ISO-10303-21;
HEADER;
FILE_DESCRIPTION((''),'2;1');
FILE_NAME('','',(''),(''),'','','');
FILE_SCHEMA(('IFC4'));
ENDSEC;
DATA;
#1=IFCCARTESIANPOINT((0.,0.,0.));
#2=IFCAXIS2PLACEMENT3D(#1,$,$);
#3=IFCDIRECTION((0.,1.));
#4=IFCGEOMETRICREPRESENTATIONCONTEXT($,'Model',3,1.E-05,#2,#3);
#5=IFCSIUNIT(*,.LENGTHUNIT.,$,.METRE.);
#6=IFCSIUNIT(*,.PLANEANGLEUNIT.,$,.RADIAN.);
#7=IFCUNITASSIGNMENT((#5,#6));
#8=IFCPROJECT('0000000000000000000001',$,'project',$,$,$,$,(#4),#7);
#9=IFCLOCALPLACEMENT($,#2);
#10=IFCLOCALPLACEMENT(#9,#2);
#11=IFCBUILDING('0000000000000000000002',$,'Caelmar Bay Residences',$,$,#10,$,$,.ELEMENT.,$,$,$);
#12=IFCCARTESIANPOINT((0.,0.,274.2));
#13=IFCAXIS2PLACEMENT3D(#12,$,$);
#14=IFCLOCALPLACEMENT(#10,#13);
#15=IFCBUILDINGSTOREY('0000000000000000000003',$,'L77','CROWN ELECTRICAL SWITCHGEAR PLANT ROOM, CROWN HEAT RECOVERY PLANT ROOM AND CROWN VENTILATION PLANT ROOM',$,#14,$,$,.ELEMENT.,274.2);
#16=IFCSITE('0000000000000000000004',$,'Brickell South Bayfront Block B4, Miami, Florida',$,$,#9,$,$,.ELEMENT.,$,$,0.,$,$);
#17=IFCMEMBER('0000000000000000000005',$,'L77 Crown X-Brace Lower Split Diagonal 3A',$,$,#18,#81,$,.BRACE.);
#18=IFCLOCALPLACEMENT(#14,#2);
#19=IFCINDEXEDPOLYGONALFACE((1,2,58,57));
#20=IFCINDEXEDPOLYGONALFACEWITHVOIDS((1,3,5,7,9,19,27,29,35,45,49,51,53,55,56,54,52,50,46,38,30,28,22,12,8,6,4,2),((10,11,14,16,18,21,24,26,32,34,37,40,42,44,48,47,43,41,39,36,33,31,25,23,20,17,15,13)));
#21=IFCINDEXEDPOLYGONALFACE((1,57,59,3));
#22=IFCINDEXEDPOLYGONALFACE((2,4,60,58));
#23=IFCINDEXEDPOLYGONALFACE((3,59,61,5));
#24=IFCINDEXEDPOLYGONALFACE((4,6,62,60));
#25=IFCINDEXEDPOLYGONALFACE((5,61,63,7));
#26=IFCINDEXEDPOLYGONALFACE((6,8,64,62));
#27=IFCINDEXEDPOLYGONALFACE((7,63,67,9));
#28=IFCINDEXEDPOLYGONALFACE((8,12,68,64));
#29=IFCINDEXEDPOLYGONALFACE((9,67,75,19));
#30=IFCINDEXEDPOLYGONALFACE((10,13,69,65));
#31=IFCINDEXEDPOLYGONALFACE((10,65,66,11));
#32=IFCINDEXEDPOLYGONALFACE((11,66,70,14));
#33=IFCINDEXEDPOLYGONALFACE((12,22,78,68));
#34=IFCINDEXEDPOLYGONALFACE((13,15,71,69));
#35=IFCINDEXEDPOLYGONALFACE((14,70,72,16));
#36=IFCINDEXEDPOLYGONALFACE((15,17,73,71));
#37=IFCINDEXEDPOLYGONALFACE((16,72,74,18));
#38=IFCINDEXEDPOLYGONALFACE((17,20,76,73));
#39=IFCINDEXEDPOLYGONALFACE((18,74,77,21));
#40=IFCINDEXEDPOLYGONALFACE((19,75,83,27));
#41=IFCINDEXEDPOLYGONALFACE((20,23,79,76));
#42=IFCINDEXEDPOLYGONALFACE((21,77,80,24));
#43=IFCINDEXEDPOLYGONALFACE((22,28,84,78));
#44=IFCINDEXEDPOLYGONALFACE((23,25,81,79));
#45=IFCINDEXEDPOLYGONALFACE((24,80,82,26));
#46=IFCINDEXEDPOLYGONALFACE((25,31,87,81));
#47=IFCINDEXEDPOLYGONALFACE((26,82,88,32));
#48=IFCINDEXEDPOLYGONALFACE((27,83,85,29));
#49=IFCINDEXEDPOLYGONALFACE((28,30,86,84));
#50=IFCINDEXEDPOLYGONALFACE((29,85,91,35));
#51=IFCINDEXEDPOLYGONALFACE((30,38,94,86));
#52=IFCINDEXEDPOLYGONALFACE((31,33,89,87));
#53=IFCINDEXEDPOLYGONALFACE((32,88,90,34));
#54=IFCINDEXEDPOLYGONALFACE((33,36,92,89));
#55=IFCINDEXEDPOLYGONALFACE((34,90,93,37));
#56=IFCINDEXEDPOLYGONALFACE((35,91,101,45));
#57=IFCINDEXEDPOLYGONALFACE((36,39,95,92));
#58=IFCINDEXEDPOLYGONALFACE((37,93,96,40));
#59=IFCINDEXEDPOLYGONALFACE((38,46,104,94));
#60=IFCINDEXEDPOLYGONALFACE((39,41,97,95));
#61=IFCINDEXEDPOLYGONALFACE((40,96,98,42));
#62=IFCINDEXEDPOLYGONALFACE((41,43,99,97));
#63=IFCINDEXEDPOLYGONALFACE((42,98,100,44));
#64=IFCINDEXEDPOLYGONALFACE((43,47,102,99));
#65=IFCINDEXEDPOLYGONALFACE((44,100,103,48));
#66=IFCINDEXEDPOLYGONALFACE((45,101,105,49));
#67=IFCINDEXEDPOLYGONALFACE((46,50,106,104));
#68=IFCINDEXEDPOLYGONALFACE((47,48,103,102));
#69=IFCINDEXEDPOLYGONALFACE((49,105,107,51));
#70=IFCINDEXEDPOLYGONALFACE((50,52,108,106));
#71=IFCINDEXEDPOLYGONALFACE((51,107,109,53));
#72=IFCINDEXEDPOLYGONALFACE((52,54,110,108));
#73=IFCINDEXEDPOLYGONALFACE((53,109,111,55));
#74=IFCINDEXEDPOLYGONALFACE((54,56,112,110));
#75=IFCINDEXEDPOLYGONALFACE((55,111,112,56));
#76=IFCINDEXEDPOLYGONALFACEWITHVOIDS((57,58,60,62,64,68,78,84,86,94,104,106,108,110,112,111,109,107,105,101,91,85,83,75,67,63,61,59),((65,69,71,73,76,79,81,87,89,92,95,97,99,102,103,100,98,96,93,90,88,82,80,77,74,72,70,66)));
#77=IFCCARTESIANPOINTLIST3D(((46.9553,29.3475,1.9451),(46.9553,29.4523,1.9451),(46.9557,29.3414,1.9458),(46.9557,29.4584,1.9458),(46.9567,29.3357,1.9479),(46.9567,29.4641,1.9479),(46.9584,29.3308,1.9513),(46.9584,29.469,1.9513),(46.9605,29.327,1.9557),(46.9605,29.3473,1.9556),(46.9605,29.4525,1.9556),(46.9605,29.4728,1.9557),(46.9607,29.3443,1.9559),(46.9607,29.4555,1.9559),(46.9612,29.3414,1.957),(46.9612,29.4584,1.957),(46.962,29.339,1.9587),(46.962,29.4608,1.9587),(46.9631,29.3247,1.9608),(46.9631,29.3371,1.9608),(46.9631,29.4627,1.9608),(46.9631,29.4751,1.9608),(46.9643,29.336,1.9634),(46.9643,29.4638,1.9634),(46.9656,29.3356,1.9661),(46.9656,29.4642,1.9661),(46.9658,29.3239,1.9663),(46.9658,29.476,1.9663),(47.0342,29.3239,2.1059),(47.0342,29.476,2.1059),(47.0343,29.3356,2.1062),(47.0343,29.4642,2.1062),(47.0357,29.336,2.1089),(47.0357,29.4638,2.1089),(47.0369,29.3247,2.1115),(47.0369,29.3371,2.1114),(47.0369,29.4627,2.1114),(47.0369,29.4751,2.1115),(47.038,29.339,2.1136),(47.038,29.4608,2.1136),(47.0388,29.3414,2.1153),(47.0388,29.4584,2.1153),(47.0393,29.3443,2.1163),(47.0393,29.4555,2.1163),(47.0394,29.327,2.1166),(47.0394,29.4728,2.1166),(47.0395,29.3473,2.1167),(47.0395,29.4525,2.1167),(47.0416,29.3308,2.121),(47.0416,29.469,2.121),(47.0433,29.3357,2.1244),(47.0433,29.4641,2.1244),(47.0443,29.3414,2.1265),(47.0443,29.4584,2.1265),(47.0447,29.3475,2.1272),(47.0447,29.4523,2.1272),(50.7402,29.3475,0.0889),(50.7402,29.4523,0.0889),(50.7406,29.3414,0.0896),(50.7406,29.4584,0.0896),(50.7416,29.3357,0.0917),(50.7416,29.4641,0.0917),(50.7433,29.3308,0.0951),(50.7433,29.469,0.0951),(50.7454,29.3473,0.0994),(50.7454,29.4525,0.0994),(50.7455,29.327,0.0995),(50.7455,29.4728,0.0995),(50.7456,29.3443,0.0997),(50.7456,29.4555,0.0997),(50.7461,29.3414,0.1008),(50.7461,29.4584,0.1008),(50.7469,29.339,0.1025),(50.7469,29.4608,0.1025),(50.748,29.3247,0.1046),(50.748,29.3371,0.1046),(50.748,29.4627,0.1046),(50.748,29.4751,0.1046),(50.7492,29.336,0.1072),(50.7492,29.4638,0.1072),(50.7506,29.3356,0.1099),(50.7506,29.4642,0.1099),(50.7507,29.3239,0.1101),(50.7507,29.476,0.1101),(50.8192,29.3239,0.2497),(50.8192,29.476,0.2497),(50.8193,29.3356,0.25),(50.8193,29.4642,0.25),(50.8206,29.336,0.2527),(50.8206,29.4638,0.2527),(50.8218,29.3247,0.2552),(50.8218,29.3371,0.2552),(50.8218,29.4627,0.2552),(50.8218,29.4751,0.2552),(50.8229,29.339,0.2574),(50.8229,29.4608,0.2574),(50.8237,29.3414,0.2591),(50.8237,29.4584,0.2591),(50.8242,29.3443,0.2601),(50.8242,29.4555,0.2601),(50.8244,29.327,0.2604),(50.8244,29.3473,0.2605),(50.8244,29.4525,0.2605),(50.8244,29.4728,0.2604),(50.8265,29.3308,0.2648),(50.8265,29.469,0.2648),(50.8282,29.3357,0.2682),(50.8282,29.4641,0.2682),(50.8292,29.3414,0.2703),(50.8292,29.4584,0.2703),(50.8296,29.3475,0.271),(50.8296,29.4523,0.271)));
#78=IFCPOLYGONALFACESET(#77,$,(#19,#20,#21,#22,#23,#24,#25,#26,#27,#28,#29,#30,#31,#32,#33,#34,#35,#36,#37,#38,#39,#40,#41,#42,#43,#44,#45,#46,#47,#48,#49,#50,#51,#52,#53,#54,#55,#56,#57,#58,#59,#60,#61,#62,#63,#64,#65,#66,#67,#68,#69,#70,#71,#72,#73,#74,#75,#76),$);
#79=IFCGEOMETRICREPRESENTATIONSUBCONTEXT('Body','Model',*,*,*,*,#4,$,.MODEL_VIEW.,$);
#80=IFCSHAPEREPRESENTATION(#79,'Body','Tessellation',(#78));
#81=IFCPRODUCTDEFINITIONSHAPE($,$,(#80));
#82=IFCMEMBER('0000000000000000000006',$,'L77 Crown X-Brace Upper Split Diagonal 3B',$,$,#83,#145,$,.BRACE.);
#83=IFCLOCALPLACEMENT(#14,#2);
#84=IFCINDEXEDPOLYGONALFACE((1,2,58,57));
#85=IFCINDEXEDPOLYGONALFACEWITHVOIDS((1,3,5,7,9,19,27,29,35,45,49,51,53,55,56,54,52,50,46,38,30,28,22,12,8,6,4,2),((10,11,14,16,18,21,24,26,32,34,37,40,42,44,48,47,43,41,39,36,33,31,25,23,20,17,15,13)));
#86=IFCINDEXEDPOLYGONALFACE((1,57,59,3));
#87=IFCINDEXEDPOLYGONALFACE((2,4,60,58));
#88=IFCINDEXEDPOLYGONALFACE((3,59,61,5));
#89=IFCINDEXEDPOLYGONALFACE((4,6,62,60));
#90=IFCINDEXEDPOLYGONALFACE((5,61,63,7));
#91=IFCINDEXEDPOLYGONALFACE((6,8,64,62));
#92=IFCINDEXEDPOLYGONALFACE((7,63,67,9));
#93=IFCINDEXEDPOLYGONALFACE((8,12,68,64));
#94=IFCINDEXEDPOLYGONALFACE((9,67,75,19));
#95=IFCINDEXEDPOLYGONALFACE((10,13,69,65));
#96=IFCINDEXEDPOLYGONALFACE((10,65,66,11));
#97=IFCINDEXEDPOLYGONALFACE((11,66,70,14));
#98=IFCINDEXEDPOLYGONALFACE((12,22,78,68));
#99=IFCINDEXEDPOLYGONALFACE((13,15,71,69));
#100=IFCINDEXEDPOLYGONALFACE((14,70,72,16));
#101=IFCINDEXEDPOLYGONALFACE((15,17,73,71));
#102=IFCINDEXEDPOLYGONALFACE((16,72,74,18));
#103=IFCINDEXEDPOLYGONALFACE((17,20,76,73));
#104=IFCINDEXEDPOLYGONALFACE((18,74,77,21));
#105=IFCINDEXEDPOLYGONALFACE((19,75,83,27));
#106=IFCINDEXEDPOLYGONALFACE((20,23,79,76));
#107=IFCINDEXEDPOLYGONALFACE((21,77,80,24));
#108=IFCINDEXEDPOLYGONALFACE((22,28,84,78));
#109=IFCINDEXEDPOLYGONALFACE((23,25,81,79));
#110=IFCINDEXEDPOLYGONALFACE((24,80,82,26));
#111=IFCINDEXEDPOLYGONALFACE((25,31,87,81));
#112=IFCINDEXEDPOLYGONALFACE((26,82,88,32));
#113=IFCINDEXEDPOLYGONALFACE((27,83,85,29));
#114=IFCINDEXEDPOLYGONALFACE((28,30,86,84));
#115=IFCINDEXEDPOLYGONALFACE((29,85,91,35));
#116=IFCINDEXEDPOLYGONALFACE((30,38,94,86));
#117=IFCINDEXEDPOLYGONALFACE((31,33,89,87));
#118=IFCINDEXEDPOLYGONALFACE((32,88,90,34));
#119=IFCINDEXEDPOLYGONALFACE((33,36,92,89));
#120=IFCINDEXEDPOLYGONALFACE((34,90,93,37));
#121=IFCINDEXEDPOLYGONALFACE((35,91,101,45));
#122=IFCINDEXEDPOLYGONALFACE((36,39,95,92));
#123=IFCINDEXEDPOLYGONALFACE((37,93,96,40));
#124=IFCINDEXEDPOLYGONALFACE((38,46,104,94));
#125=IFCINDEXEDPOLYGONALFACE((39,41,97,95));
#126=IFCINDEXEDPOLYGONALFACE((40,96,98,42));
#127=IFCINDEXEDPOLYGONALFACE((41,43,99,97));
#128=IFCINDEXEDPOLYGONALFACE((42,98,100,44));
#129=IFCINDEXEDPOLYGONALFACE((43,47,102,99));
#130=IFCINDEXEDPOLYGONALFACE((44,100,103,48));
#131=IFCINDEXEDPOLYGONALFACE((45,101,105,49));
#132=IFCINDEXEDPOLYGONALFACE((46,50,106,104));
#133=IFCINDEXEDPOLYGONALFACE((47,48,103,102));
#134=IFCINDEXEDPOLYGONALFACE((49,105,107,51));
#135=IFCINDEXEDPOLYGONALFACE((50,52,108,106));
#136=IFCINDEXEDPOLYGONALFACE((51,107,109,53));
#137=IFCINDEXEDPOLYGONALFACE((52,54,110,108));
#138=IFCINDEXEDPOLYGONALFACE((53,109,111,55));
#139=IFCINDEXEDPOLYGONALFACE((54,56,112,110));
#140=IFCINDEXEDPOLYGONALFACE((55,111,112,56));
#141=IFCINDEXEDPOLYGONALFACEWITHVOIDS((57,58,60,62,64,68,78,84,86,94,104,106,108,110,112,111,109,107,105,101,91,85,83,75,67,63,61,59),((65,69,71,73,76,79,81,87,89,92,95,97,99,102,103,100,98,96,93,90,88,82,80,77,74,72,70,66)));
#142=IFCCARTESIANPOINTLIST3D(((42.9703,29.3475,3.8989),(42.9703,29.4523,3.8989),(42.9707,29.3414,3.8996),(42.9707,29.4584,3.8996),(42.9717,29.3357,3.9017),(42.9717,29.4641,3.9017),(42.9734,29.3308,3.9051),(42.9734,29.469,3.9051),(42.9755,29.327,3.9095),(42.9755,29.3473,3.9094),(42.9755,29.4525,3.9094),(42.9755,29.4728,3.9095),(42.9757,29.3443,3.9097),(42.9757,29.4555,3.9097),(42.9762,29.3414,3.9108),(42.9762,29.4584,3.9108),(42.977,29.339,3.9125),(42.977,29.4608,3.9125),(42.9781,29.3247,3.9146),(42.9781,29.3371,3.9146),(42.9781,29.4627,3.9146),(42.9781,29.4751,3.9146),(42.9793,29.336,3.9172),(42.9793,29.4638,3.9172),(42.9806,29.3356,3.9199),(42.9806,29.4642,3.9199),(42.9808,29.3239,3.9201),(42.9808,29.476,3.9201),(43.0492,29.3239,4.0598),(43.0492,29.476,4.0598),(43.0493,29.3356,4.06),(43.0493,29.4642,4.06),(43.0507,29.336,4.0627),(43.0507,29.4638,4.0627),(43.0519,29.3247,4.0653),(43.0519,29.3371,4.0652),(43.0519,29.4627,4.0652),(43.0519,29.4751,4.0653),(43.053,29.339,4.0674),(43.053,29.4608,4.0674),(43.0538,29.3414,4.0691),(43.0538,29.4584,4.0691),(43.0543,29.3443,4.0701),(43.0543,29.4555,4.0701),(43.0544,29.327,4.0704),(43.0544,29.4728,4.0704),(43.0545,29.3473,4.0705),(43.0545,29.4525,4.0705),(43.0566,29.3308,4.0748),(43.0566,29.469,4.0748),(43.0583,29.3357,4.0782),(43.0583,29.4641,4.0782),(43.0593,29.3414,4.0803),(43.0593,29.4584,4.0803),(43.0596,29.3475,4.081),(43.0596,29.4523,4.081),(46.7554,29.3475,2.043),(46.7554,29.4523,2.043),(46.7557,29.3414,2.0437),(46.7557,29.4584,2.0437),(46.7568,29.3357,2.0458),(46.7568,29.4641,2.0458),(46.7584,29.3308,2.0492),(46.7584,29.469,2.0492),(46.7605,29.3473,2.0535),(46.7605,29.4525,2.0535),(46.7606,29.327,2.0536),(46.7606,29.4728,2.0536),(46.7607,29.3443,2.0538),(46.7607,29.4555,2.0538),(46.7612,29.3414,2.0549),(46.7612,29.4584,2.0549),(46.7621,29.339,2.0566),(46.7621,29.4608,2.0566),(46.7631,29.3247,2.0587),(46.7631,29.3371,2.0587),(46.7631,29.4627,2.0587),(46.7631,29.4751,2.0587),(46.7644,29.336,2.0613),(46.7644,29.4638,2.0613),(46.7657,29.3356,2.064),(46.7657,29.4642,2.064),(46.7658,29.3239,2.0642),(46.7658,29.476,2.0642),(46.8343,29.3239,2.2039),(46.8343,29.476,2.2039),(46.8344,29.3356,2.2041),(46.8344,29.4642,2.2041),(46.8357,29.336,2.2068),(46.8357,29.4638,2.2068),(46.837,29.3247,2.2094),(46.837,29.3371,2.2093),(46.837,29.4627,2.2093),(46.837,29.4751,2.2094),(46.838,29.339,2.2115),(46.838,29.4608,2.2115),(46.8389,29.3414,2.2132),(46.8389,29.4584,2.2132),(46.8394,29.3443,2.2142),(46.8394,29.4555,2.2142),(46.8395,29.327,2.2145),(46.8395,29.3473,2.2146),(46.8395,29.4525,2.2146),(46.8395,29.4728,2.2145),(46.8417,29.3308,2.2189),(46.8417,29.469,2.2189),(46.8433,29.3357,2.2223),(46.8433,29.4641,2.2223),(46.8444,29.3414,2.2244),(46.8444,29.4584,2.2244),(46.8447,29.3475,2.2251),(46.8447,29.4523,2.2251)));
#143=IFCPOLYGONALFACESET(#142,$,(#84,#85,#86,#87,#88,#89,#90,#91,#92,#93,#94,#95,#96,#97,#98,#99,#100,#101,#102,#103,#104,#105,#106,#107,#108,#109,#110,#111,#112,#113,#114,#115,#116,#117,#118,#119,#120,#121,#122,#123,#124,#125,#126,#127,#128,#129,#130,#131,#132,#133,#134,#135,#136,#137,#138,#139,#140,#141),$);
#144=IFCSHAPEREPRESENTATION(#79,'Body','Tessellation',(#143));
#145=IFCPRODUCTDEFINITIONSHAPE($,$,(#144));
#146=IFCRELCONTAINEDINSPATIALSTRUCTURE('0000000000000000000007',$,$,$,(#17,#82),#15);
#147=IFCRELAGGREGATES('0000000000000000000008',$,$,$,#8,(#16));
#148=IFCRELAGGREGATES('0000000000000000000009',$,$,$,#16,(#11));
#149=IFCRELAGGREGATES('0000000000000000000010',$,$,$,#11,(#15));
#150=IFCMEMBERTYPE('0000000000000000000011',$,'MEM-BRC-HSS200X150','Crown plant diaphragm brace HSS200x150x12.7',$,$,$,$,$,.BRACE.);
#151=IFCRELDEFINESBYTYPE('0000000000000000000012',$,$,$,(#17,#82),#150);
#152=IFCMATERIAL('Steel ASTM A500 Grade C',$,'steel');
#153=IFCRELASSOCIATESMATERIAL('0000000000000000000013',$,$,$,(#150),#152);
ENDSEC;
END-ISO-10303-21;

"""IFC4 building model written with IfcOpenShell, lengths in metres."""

from ifc_helpers import new_model, si_unit, direction, frame, origin, origin_2d, place, context, subcontext, project, spatial, hollow_rectangle, extrude, material, material_profile, profile_set, type_object, element, save


model = new_model("IFC4")

# Units and contexts
model_context = context("Model", 3, precision=1e-05, world=origin(), true_north=direction((0.0, 1.0)))
body_context = subcontext(model_context, "Body", "Model", "MODEL_VIEW")
ifc_project = project(units=[si_unit("LENGTHUNIT", "METRE"), si_unit("PLANEANGLEUNIT", "RADIAN")], contexts=[model_context])

# Site, building, storey
site_placement = place(None, origin())
site = spatial("IfcSite", under=ifc_project, at=site_placement, Name="Brickell South Bayfront Block B4, Miami, Florida", CompositionType="ELEMENT", RefElevation=0.0)
building_placement = place(site_placement, origin())
building = spatial("IfcBuilding", under=site, at=building_placement, Name="Caelmar Bay Residences", CompositionType="ELEMENT")
storey_placement = place(building_placement, frame((0.0, 0.0, 274.2)))
storey = spatial("IfcBuildingStorey", under=building, at=storey_placement, Name="L77", Description="CROWN ELECTRICAL SWITCHGEAR PLANT ROOM, CROWN HEAT RECOVERY PLANT ROOM AND CROWN VENTILATION PLANT ROOM", CompositionType="ELEMENT", Elevation=274.2)

# Members
ifc_material_1 = material(Name="Steel ASTM A500 Grade C", Category="steel")
ifc_material_profile_1 = material_profile(ifc_material_1, hollow_rectangle(XDim=0.1521, YDim=0.2029, WallThickness=0.0117, InnerFilletRadius=0.0117, OuterFilletRadius=0.0237, at=origin_2d()), Name="HSS200X150X12.7")
ifc_profile_set_1 = profile_set([ifc_material_profile_1], Name="Steel ASTM A500 Grade C")
member_type = type_object("IfcMemberType", Name="MEM-BRC-HSS200X150", Description="Crown plant diaphragm brace HSS200x150x12.7", PredefinedType="BRACE", material=ifc_profile_set_1)
for number, where, z_axis, x_axis, name in (
    (1, (50.7849, 29.3999, 0.1799), (-0.897841, 0.0, 0.44032), (0.0, -1.0, 0.0), "L77 Crown X-Brace Lower Split Diagonal 3A"),
    (2, (46.8, 29.3999, 2.134), (-0.897875, 0.0, 0.440251), (0.0, -1.0, 0.0), "L77 Crown X-Brace Upper Split Diagonal 3B"),
):
    element("IfcMember", number, at=place(storey_placement, frame(where, z_axis=z_axis, x_axis=x_axis)), inside=storey, type_object=member_type, Name=name, PredefinedType="BRACE", context=body_context, shape_type="SweptSolid", body=[
        extrude(hollow_rectangle(XDim=0.1521, YDim=0.2029, WallThickness=0.0117, InnerFilletRadius=0.0117, OuterFilletRadius=0.0237, at=origin_2d()), origin(), (0.0, 0.0, 1.0), 4.2156),
    ])

save(model, "model.ifc")
